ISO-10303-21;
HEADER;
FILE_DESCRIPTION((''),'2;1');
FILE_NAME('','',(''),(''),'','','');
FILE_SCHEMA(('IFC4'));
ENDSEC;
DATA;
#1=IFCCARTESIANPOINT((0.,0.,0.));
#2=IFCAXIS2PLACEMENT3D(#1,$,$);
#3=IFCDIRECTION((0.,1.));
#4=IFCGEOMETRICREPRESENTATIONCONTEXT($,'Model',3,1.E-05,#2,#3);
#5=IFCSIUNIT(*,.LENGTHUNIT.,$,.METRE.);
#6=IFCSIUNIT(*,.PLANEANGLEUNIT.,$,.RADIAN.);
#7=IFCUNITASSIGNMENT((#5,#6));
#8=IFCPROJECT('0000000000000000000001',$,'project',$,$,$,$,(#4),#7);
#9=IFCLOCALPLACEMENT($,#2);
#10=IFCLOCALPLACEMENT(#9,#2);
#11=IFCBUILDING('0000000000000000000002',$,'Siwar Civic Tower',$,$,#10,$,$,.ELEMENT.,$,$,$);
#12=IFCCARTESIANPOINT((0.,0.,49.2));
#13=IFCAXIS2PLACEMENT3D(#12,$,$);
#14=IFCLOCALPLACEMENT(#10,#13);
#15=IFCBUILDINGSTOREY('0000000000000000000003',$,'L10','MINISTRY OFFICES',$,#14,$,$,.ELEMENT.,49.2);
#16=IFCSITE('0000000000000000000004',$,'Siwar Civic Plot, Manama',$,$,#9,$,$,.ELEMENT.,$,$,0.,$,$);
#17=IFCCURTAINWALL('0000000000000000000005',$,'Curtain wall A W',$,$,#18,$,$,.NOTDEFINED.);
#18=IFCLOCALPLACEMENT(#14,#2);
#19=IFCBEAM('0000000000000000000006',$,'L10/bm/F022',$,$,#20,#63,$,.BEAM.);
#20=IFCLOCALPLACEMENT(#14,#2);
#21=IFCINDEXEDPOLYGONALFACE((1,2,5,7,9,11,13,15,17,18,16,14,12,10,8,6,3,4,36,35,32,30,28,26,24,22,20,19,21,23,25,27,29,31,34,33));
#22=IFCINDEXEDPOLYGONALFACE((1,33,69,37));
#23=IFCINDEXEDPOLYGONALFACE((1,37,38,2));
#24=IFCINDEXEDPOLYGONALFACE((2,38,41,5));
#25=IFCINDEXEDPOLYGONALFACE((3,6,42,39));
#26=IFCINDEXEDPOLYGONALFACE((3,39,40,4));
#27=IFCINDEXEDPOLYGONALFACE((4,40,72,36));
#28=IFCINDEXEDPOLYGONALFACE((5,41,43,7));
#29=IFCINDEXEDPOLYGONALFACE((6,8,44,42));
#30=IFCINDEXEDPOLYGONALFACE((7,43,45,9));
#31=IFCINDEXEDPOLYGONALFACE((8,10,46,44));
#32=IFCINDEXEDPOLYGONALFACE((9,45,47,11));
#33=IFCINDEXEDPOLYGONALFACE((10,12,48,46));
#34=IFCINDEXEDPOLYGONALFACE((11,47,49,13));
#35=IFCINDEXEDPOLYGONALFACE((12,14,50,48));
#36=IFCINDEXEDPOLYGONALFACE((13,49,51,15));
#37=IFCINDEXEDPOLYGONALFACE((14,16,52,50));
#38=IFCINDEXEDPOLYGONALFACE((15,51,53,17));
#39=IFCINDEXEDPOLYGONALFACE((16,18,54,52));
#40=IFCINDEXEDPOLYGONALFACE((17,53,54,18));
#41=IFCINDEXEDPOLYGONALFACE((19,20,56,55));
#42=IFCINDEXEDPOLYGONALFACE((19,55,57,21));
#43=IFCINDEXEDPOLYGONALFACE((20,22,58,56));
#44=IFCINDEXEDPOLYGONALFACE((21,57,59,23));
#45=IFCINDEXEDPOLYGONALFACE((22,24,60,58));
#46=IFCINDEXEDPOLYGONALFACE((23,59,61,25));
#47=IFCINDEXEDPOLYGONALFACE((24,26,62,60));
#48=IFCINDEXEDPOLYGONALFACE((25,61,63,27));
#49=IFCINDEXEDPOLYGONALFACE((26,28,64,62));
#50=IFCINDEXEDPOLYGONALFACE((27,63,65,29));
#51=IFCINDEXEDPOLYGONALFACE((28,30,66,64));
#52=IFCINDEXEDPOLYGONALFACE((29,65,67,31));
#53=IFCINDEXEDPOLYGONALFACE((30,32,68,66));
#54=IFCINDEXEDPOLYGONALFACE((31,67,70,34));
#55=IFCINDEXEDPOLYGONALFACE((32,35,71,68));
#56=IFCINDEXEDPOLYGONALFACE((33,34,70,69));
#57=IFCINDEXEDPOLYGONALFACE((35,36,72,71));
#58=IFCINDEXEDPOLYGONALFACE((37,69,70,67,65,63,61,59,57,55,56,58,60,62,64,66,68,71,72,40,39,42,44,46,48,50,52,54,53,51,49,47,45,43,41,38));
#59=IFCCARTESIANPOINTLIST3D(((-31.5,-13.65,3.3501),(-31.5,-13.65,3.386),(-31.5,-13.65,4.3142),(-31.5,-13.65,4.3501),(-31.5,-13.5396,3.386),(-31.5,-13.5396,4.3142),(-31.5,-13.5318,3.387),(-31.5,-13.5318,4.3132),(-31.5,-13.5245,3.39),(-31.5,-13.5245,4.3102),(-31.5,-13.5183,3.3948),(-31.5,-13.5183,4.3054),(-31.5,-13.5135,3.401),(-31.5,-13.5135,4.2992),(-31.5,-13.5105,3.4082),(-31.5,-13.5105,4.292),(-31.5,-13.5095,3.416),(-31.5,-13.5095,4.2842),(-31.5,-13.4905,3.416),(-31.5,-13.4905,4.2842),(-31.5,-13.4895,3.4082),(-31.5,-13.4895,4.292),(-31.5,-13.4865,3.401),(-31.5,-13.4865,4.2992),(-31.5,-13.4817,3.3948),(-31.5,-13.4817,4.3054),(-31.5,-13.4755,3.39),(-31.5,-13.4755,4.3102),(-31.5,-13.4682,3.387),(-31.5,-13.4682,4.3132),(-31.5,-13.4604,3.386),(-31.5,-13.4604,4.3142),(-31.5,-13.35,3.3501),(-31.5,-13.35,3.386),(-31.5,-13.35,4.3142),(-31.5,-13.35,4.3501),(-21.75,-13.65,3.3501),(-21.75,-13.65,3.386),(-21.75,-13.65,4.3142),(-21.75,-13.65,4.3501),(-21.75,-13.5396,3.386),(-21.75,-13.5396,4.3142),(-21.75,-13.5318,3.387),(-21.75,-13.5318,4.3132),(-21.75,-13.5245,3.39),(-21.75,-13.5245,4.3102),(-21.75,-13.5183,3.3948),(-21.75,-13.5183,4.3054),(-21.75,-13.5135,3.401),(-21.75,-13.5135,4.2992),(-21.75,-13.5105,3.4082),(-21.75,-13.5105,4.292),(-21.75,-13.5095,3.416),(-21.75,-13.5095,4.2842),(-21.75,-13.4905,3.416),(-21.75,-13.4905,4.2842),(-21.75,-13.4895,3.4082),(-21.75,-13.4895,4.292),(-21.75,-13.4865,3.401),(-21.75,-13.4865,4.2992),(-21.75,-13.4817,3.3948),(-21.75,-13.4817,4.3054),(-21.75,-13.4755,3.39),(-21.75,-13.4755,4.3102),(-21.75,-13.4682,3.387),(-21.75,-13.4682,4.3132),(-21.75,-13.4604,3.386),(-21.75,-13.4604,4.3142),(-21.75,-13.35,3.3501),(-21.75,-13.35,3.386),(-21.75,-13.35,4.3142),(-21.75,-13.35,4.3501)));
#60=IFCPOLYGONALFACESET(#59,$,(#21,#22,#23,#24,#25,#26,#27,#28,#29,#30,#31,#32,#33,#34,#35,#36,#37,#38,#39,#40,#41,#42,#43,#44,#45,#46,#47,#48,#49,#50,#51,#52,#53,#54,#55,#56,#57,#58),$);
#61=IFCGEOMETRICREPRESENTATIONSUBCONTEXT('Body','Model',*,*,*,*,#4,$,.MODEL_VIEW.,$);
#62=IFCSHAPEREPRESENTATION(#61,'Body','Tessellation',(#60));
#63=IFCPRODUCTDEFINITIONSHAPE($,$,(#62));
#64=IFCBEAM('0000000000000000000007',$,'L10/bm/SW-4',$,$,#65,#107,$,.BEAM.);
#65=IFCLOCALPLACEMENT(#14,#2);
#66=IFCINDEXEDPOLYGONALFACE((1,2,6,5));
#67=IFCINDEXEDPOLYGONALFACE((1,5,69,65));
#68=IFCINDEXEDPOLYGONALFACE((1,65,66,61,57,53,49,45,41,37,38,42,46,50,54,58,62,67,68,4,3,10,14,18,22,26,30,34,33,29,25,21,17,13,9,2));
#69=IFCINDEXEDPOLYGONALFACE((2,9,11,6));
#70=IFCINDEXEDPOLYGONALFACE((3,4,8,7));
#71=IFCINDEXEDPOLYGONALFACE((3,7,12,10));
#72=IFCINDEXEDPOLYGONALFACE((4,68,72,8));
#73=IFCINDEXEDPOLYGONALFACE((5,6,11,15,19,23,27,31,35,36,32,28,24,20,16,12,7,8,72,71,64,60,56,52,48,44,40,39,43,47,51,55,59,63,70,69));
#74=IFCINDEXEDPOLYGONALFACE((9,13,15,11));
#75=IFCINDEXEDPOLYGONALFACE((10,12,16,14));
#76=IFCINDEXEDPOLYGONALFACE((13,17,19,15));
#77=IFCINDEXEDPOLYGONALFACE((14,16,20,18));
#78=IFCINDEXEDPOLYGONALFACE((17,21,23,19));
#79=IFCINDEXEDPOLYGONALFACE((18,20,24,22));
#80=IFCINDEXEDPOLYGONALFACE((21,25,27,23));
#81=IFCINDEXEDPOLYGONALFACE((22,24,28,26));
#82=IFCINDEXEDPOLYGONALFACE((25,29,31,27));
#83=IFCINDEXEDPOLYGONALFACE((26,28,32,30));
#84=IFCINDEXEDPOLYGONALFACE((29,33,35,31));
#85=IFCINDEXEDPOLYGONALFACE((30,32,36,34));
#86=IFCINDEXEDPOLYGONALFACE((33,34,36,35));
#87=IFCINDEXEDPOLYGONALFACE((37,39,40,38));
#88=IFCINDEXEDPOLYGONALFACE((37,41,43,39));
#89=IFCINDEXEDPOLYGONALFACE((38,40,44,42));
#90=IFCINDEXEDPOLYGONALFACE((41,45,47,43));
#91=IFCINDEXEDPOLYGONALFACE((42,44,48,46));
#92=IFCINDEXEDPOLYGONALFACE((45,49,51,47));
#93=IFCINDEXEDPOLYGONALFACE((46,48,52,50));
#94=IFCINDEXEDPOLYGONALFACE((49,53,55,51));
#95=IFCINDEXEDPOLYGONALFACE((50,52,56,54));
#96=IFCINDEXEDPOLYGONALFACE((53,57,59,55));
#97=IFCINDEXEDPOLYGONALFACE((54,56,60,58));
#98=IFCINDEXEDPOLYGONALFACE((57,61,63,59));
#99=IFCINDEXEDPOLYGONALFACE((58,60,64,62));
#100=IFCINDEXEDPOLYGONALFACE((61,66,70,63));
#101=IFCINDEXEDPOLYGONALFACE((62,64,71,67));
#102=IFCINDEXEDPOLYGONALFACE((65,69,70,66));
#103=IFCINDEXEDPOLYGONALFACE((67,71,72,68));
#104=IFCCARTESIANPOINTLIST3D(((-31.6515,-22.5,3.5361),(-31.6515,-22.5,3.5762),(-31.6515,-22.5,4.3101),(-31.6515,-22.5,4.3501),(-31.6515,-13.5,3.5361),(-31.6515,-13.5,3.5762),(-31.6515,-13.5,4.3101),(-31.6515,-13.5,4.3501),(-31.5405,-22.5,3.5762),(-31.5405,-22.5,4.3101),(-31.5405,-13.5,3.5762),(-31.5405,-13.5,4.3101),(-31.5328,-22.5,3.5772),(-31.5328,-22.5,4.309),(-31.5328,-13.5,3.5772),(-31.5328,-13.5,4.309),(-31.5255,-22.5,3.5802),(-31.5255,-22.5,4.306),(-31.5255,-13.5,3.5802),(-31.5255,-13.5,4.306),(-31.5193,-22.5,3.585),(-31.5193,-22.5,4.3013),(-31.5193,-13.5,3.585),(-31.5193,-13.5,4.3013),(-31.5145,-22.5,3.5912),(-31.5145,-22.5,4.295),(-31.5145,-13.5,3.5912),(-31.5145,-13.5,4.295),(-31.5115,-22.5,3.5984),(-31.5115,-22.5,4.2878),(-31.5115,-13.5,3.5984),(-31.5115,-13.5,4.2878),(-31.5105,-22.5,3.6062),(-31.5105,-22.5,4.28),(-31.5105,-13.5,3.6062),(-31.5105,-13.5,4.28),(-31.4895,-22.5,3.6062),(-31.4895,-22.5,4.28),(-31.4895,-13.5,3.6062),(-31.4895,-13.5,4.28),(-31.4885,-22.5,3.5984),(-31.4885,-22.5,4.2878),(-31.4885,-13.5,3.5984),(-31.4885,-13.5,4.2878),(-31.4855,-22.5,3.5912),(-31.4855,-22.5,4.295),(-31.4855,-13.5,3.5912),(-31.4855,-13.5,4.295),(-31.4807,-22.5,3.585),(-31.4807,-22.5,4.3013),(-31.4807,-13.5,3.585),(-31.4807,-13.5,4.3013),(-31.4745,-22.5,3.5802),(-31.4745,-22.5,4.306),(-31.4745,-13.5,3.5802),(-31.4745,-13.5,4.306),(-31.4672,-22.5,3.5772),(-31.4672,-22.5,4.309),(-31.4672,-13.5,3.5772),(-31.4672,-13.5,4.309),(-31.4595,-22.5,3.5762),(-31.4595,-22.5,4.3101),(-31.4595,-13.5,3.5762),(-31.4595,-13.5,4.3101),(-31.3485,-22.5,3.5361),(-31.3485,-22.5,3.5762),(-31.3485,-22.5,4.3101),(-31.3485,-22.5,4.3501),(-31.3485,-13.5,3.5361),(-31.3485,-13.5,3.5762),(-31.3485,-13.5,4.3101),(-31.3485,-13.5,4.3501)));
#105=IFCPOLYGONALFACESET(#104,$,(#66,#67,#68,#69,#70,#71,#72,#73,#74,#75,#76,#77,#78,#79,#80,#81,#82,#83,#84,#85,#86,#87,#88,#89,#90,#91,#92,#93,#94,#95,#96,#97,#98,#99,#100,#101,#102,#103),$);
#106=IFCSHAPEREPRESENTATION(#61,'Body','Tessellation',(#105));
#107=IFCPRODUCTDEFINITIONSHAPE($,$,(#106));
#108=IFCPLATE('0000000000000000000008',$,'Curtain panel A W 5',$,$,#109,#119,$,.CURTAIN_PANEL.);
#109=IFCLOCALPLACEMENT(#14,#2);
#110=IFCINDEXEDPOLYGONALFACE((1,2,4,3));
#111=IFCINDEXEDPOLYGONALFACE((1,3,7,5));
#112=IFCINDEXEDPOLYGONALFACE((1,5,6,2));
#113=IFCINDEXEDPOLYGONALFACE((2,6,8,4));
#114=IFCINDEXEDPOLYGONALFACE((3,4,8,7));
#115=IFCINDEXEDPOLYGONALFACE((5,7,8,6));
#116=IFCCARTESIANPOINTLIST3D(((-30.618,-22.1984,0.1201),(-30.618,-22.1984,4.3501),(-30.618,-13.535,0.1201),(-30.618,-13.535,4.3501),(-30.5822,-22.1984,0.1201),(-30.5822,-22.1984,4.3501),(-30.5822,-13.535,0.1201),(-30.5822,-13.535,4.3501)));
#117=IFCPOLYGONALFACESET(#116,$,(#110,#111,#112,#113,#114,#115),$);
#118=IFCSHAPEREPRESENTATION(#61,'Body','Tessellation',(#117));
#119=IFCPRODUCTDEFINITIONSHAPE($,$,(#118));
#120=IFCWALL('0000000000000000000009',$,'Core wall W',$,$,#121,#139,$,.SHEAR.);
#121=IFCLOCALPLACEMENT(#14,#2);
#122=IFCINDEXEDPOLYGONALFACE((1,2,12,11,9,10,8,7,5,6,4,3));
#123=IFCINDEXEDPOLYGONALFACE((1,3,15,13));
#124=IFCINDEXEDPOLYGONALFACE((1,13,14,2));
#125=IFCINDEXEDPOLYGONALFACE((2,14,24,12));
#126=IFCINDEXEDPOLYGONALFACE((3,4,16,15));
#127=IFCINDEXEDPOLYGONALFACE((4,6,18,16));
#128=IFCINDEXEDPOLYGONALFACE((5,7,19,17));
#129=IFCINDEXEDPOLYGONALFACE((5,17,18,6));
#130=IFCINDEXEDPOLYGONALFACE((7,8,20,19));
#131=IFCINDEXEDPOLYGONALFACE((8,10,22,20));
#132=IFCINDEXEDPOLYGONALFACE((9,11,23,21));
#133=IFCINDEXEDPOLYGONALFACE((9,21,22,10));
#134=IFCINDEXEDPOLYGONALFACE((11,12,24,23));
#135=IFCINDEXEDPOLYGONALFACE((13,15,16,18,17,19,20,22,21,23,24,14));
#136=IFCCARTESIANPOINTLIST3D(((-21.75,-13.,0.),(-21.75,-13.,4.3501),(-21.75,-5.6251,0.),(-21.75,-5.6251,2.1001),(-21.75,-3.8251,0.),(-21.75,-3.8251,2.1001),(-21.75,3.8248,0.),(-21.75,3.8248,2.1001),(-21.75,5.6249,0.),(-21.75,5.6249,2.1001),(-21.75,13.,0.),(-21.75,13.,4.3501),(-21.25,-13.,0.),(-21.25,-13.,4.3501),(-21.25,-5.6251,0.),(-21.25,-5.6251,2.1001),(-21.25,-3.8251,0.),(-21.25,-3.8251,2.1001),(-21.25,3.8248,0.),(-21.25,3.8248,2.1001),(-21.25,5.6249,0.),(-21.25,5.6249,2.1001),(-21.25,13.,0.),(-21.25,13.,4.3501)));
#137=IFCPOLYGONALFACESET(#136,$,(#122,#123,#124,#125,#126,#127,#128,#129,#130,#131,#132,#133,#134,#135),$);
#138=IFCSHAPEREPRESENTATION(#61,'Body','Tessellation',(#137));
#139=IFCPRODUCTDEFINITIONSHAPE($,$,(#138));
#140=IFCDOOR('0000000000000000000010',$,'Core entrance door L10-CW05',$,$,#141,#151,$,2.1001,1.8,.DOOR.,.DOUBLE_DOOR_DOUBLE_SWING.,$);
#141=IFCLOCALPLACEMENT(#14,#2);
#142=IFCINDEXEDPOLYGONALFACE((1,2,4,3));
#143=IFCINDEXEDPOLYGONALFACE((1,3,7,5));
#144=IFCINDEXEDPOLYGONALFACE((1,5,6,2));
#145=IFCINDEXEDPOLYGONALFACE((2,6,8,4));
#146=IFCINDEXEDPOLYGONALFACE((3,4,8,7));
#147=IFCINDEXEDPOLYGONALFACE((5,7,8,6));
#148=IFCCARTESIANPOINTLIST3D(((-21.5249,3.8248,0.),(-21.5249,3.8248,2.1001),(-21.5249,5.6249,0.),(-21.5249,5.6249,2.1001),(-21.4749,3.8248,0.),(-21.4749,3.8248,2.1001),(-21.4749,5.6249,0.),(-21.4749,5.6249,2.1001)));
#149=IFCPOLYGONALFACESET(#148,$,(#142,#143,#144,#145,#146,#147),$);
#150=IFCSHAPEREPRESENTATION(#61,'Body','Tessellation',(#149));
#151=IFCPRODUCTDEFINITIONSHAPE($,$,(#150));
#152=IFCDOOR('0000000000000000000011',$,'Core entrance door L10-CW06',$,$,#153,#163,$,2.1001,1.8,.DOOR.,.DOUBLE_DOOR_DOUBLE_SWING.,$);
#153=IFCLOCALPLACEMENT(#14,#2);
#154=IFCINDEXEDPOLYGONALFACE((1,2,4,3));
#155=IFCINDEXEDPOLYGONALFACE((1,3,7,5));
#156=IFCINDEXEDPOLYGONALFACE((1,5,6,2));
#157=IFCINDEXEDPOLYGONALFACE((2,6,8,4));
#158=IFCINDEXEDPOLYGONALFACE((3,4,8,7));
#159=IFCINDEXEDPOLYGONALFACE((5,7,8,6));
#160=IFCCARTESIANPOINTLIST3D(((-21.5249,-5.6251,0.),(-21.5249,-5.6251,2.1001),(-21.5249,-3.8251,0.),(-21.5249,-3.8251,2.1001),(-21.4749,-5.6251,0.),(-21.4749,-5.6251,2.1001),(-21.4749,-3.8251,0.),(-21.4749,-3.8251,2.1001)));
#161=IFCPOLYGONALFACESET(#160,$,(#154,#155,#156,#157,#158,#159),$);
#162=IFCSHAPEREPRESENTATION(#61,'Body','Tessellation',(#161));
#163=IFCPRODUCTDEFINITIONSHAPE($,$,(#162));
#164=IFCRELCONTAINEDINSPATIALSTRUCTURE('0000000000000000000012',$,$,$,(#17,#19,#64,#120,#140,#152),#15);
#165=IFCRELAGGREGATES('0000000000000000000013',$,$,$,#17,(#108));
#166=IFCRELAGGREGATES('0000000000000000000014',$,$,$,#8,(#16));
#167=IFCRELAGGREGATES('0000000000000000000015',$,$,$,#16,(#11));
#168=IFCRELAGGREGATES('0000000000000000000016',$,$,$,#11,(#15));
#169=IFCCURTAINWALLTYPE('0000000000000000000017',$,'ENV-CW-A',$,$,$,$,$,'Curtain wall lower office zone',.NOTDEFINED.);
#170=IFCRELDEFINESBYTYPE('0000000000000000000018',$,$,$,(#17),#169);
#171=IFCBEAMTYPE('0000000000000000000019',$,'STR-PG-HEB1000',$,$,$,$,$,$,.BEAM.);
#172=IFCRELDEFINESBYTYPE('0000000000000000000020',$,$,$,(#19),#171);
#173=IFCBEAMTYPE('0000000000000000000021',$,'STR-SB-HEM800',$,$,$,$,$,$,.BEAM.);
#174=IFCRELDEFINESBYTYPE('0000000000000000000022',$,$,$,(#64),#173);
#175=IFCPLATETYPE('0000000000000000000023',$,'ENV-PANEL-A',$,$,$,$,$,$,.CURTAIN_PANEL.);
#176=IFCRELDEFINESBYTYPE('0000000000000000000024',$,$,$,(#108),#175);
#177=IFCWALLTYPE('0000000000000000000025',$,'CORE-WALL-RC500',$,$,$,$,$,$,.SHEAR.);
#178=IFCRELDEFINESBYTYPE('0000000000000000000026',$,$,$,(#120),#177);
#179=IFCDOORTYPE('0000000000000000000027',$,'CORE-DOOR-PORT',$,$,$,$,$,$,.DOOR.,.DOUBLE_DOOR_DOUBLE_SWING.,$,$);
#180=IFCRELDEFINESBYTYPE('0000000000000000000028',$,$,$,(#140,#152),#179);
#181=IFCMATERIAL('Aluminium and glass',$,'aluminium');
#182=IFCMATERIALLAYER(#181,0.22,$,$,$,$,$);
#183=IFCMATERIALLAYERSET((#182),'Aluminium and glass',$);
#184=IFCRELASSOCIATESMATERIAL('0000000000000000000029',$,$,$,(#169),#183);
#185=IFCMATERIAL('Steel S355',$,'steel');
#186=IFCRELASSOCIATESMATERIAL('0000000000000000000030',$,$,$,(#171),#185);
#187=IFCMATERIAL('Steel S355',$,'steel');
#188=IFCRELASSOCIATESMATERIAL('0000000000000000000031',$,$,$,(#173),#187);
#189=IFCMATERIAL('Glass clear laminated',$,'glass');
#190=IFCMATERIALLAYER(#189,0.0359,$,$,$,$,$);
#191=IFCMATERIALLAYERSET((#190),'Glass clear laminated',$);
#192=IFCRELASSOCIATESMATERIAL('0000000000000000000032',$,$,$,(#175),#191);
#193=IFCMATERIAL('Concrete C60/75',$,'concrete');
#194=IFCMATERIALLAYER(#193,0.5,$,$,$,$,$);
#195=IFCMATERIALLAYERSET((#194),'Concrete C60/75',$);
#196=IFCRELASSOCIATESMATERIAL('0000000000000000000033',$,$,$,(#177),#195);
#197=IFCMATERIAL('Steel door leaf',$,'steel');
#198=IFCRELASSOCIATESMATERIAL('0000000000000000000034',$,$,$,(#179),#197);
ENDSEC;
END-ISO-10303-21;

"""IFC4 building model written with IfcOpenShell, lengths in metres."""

from ifc_helpers import new_model, si_unit, direction, frame, frame_2d, origin, origin_2d, place, context, subcontext, project, spatial, rectangle, i_section, extrude, material, layer, layer_set, material_profile, profile_set, type_object, element, fill, aggregate, save


model = new_model("IFC4")

# Units and contexts
model_context = context("Model", 3, precision=1e-05, world=origin(), true_north=direction((0.0, 1.0)))
body_context = subcontext(model_context, "Body", "Model", "MODEL_VIEW")
ifc_project = project(units=[si_unit("LENGTHUNIT", "METRE"), si_unit("PLANEANGLEUNIT", "RADIAN")], contexts=[model_context])

# Site, building, storey
site_placement = place(None, origin())
site = spatial("IfcSite", under=ifc_project, at=site_placement, Name="Siwar Civic Plot, Manama", CompositionType="ELEMENT", RefElevation=0.0)
building_placement = place(site_placement, origin())
building = spatial("IfcBuilding", under=site, at=building_placement, Name="Siwar Civic Tower", CompositionType="ELEMENT")
storey_placement = place(building_placement, frame((0.0, 0.0, 49.2)))
storey = spatial("IfcBuildingStorey", under=building, at=storey_placement, Name="L10", Description="MINISTRY OFFICES", CompositionType="ELEMENT", Elevation=49.2)

# Curtain wall
ifc_material_1 = material(Name="Aluminium and glass", Category="aluminium")
ifc_layer_1 = layer(ifc_material_1, 0.22)
ifc_layer_set_1 = layer_set([ifc_layer_1], Name="Aluminium and glass")
curtain_wall_type = type_object("IfcCurtainWallType", Name="ENV-CW-A", ElementType="Curtain wall lower office zone", PredefinedType="NOTDEFINED", material=ifc_layer_set_1)
curtain_wall_placement = place(storey_placement, origin())
curtain_wall = element("IfcCurtainWall", 1, at=curtain_wall_placement, inside=storey, type_object=curtain_wall_type, Name="Curtain wall A W", PredefinedType="NOTDEFINED")

# Beams
ifc_material_2 = material(Name="Steel S355", Category="steel")
ifc_material_profile_1 = material_profile(ifc_material_2, i_section(OverallWidth=0.3, OverallDepth=1.0, WebThickness=0.019, FlangeThickness=0.0359, FilletRadius=0.03, at=origin_2d()), Name="HEB1000")
ifc_profile_set_1 = profile_set([ifc_material_profile_1], Name="Steel S355")
beam_type_1 = type_object("IfcBeamType", Name="STR-PG-HEB1000", PredefinedType="BEAM", material=ifc_profile_set_1)
beam_1_placement = place(storey_placement, frame((-31.5, -13.5, 3.8501), z_axis=(1.0, 0.0, 0.0), x_axis=(0.0, 1.0, 0.0)))
element("IfcBeam", 2, at=beam_1_placement, inside=storey, type_object=beam_type_1, Name="L10/bm/F022", PredefinedType="BEAM", context=body_context, shape_type="SweptSolid", body=[
    extrude(i_section(OverallWidth=0.3, OverallDepth=1.0, WebThickness=0.019, FlangeThickness=0.0359, FilletRadius=0.03, at=origin_2d()), origin(), (0.0, 0.0, 1.0), 9.75),
])
ifc_material_3 = material(Name="Steel S355", Category="steel")
ifc_material_profile_2 = material_profile(ifc_material_3, i_section(OverallWidth=0.303, OverallDepth=0.814, WebThickness=0.021, FlangeThickness=0.04, FilletRadius=0.03, at=origin_2d()), Name="HEM800")
ifc_profile_set_2 = profile_set([ifc_material_profile_2], Name="Steel S355")
beam_type_2 = type_object("IfcBeamType", Name="STR-SB-HEM800", PredefinedType="BEAM", material=ifc_profile_set_2)
beam_2_placement = place(storey_placement, frame((-31.5, -13.5, 3.9431), z_axis=(0.0, -1.0, 0.0), x_axis=(1.0, 0.0, 0.0)))
element("IfcBeam", 3, at=beam_2_placement, inside=storey, type_object=beam_type_2, Name="L10/bm/SW-4", PredefinedType="BEAM", context=body_context, shape_type="SweptSolid", body=[
    extrude(i_section(OverallWidth=0.303, OverallDepth=0.814, WebThickness=0.021, FlangeThickness=0.04, FilletRadius=0.03, at=origin_2d()), origin(), (0.0, 0.0, 1.0), 9.0),
])

# Plate
ifc_material_4 = material(Name="Glass clear laminated", Category="glass")
ifc_layer_2 = layer(ifc_material_4, 0.0359)
ifc_layer_set_2 = layer_set([ifc_layer_2], Name="Glass clear laminated")
plate_type = type_object("IfcPlateType", Name="ENV-PANEL-A", PredefinedType="CURTAIN_PANEL", material=ifc_layer_set_2)
plate_placement = place(storey_placement, frame((-30.6001, -17.8667, 0.1201), z_axis=(0.0, 0.0, 1.0), x_axis=(0.0, -1.0, 0.0)))
plate = element("IfcPlate", 4, at=plate_placement, type_object=plate_type, Name="Curtain panel A W 5", PredefinedType="CURTAIN_PANEL", context=body_context, shape_type="SweptSolid", body=[
    extrude(rectangle(XDim=8.6633, YDim=0.0359, at=origin_2d()), origin(), (0.0, 0.0, 1.0), 4.23),
])
aggregate(curtain_wall, [plate])

# Wall, openings, doors
ifc_material_5 = material(Name="Concrete C60/75", Category="concrete")
ifc_layer_3 = layer(ifc_material_5, 0.5)
ifc_layer_set_3 = layer_set([ifc_layer_3], Name="Concrete C60/75")
wall_type_1 = type_object("IfcWallType", Name="CORE-WALL-RC500", PredefinedType="SHEAR", material=ifc_layer_set_3)
wall_1_placement = place(storey_placement, frame((-21.5, -13.0, 0.0), z_axis=(0.0, 0.0, 1.0), x_axis=(0.0, 1.0, 0.0)))
wall_1 = element("IfcWall", 5, at=wall_1_placement, inside=storey, type_object=wall_type_1, Name="Core wall W", PredefinedType="SHEAR", context=body_context, shape_type="SweptSolid", body=[
    extrude(rectangle(XDim=26.0, YDim=0.5, at=frame_2d((13.0, 0.0))), origin(), (0.0, 0.0, 1.0), 4.3501),
])
opening_1_placement = place(wall_1_placement, frame((16.825, 0.0, 0.0)))
opening_1 = element("IfcOpeningElement", 6, at=opening_1_placement, cuts=wall_1, PredefinedType="OPENING", context=body_context, shape_type="SweptSolid", body=[
    extrude(rectangle(XDim=1.8, YDim=2.1001, at=frame_2d((0.8999, 1.05))), frame((0.0, 0.26, 0.0), z_axis=(0.0, -1.0, 0.0), x_axis=(1.0, 0.0, 0.0)), (0.0, 0.0, 1.0), 0.52),
])
opening_2_placement = place(wall_1_placement, frame((7.375, 0.0, 0.0)))
opening_2 = element("IfcOpeningElement", 7, at=opening_2_placement, cuts=wall_1, PredefinedType="OPENING", context=body_context, shape_type="SweptSolid", body=[
    extrude(rectangle(XDim=1.8, YDim=2.1001, at=frame_2d((0.8999, 1.05))), frame((0.0, 0.26, 0.0), z_axis=(0.0, -1.0, 0.0), x_axis=(1.0, 0.0, 0.0)), (0.0, 0.0, 1.0), 0.52),
])
ifc_material_6 = material(Name="Steel door leaf", Category="steel")
door_type_1 = type_object("IfcDoorType", Name="CORE-DOOR-PORT", OperationType="DOUBLE_DOOR_DOUBLE_SWING", PredefinedType="DOOR", material=ifc_material_6)
door_1_placement = place(opening_1_placement, origin())
door_1 = element("IfcDoor", 8, at=door_1_placement, inside=storey, type_object=door_type_1, Name="Core entrance door L10-CW05", OperationType="DOUBLE_DOOR_DOUBLE_SWING", OverallHeight=2.1001, OverallWidth=1.8, PredefinedType="DOOR", context=body_context, shape_type="SweptSolid", body=[
    extrude(rectangle(XDim=1.8, YDim=2.1001, at=frame_2d((0.8999, 1.05))), frame((0.0, 0.0249, 0.0), z_axis=(0.0, -1.0, 0.0), x_axis=(1.0, 0.0, 0.0)), (0.0, 0.0, 1.0), 0.05),
])
fill(opening_1, door_1)
door_2_placement = place(opening_2_placement, origin())
door_2 = element("IfcDoor", 9, at=door_2_placement, inside=storey, type_object=door_type_1, Name="Core entrance door L10-CW06", OperationType="DOUBLE_DOOR_DOUBLE_SWING", OverallHeight=2.1001, OverallWidth=1.8, PredefinedType="DOOR", context=body_context, shape_type="SweptSolid", body=[
    extrude(rectangle(XDim=1.8, YDim=2.1001, at=frame_2d((0.8999, 1.05))), frame((0.0, 0.0249, 0.0), z_axis=(0.0, -1.0, 0.0), x_axis=(1.0, 0.0, 0.0)), (0.0, 0.0, 1.0), 0.05),
])
fill(opening_2, door_2)

save(model, "model.ifc")
